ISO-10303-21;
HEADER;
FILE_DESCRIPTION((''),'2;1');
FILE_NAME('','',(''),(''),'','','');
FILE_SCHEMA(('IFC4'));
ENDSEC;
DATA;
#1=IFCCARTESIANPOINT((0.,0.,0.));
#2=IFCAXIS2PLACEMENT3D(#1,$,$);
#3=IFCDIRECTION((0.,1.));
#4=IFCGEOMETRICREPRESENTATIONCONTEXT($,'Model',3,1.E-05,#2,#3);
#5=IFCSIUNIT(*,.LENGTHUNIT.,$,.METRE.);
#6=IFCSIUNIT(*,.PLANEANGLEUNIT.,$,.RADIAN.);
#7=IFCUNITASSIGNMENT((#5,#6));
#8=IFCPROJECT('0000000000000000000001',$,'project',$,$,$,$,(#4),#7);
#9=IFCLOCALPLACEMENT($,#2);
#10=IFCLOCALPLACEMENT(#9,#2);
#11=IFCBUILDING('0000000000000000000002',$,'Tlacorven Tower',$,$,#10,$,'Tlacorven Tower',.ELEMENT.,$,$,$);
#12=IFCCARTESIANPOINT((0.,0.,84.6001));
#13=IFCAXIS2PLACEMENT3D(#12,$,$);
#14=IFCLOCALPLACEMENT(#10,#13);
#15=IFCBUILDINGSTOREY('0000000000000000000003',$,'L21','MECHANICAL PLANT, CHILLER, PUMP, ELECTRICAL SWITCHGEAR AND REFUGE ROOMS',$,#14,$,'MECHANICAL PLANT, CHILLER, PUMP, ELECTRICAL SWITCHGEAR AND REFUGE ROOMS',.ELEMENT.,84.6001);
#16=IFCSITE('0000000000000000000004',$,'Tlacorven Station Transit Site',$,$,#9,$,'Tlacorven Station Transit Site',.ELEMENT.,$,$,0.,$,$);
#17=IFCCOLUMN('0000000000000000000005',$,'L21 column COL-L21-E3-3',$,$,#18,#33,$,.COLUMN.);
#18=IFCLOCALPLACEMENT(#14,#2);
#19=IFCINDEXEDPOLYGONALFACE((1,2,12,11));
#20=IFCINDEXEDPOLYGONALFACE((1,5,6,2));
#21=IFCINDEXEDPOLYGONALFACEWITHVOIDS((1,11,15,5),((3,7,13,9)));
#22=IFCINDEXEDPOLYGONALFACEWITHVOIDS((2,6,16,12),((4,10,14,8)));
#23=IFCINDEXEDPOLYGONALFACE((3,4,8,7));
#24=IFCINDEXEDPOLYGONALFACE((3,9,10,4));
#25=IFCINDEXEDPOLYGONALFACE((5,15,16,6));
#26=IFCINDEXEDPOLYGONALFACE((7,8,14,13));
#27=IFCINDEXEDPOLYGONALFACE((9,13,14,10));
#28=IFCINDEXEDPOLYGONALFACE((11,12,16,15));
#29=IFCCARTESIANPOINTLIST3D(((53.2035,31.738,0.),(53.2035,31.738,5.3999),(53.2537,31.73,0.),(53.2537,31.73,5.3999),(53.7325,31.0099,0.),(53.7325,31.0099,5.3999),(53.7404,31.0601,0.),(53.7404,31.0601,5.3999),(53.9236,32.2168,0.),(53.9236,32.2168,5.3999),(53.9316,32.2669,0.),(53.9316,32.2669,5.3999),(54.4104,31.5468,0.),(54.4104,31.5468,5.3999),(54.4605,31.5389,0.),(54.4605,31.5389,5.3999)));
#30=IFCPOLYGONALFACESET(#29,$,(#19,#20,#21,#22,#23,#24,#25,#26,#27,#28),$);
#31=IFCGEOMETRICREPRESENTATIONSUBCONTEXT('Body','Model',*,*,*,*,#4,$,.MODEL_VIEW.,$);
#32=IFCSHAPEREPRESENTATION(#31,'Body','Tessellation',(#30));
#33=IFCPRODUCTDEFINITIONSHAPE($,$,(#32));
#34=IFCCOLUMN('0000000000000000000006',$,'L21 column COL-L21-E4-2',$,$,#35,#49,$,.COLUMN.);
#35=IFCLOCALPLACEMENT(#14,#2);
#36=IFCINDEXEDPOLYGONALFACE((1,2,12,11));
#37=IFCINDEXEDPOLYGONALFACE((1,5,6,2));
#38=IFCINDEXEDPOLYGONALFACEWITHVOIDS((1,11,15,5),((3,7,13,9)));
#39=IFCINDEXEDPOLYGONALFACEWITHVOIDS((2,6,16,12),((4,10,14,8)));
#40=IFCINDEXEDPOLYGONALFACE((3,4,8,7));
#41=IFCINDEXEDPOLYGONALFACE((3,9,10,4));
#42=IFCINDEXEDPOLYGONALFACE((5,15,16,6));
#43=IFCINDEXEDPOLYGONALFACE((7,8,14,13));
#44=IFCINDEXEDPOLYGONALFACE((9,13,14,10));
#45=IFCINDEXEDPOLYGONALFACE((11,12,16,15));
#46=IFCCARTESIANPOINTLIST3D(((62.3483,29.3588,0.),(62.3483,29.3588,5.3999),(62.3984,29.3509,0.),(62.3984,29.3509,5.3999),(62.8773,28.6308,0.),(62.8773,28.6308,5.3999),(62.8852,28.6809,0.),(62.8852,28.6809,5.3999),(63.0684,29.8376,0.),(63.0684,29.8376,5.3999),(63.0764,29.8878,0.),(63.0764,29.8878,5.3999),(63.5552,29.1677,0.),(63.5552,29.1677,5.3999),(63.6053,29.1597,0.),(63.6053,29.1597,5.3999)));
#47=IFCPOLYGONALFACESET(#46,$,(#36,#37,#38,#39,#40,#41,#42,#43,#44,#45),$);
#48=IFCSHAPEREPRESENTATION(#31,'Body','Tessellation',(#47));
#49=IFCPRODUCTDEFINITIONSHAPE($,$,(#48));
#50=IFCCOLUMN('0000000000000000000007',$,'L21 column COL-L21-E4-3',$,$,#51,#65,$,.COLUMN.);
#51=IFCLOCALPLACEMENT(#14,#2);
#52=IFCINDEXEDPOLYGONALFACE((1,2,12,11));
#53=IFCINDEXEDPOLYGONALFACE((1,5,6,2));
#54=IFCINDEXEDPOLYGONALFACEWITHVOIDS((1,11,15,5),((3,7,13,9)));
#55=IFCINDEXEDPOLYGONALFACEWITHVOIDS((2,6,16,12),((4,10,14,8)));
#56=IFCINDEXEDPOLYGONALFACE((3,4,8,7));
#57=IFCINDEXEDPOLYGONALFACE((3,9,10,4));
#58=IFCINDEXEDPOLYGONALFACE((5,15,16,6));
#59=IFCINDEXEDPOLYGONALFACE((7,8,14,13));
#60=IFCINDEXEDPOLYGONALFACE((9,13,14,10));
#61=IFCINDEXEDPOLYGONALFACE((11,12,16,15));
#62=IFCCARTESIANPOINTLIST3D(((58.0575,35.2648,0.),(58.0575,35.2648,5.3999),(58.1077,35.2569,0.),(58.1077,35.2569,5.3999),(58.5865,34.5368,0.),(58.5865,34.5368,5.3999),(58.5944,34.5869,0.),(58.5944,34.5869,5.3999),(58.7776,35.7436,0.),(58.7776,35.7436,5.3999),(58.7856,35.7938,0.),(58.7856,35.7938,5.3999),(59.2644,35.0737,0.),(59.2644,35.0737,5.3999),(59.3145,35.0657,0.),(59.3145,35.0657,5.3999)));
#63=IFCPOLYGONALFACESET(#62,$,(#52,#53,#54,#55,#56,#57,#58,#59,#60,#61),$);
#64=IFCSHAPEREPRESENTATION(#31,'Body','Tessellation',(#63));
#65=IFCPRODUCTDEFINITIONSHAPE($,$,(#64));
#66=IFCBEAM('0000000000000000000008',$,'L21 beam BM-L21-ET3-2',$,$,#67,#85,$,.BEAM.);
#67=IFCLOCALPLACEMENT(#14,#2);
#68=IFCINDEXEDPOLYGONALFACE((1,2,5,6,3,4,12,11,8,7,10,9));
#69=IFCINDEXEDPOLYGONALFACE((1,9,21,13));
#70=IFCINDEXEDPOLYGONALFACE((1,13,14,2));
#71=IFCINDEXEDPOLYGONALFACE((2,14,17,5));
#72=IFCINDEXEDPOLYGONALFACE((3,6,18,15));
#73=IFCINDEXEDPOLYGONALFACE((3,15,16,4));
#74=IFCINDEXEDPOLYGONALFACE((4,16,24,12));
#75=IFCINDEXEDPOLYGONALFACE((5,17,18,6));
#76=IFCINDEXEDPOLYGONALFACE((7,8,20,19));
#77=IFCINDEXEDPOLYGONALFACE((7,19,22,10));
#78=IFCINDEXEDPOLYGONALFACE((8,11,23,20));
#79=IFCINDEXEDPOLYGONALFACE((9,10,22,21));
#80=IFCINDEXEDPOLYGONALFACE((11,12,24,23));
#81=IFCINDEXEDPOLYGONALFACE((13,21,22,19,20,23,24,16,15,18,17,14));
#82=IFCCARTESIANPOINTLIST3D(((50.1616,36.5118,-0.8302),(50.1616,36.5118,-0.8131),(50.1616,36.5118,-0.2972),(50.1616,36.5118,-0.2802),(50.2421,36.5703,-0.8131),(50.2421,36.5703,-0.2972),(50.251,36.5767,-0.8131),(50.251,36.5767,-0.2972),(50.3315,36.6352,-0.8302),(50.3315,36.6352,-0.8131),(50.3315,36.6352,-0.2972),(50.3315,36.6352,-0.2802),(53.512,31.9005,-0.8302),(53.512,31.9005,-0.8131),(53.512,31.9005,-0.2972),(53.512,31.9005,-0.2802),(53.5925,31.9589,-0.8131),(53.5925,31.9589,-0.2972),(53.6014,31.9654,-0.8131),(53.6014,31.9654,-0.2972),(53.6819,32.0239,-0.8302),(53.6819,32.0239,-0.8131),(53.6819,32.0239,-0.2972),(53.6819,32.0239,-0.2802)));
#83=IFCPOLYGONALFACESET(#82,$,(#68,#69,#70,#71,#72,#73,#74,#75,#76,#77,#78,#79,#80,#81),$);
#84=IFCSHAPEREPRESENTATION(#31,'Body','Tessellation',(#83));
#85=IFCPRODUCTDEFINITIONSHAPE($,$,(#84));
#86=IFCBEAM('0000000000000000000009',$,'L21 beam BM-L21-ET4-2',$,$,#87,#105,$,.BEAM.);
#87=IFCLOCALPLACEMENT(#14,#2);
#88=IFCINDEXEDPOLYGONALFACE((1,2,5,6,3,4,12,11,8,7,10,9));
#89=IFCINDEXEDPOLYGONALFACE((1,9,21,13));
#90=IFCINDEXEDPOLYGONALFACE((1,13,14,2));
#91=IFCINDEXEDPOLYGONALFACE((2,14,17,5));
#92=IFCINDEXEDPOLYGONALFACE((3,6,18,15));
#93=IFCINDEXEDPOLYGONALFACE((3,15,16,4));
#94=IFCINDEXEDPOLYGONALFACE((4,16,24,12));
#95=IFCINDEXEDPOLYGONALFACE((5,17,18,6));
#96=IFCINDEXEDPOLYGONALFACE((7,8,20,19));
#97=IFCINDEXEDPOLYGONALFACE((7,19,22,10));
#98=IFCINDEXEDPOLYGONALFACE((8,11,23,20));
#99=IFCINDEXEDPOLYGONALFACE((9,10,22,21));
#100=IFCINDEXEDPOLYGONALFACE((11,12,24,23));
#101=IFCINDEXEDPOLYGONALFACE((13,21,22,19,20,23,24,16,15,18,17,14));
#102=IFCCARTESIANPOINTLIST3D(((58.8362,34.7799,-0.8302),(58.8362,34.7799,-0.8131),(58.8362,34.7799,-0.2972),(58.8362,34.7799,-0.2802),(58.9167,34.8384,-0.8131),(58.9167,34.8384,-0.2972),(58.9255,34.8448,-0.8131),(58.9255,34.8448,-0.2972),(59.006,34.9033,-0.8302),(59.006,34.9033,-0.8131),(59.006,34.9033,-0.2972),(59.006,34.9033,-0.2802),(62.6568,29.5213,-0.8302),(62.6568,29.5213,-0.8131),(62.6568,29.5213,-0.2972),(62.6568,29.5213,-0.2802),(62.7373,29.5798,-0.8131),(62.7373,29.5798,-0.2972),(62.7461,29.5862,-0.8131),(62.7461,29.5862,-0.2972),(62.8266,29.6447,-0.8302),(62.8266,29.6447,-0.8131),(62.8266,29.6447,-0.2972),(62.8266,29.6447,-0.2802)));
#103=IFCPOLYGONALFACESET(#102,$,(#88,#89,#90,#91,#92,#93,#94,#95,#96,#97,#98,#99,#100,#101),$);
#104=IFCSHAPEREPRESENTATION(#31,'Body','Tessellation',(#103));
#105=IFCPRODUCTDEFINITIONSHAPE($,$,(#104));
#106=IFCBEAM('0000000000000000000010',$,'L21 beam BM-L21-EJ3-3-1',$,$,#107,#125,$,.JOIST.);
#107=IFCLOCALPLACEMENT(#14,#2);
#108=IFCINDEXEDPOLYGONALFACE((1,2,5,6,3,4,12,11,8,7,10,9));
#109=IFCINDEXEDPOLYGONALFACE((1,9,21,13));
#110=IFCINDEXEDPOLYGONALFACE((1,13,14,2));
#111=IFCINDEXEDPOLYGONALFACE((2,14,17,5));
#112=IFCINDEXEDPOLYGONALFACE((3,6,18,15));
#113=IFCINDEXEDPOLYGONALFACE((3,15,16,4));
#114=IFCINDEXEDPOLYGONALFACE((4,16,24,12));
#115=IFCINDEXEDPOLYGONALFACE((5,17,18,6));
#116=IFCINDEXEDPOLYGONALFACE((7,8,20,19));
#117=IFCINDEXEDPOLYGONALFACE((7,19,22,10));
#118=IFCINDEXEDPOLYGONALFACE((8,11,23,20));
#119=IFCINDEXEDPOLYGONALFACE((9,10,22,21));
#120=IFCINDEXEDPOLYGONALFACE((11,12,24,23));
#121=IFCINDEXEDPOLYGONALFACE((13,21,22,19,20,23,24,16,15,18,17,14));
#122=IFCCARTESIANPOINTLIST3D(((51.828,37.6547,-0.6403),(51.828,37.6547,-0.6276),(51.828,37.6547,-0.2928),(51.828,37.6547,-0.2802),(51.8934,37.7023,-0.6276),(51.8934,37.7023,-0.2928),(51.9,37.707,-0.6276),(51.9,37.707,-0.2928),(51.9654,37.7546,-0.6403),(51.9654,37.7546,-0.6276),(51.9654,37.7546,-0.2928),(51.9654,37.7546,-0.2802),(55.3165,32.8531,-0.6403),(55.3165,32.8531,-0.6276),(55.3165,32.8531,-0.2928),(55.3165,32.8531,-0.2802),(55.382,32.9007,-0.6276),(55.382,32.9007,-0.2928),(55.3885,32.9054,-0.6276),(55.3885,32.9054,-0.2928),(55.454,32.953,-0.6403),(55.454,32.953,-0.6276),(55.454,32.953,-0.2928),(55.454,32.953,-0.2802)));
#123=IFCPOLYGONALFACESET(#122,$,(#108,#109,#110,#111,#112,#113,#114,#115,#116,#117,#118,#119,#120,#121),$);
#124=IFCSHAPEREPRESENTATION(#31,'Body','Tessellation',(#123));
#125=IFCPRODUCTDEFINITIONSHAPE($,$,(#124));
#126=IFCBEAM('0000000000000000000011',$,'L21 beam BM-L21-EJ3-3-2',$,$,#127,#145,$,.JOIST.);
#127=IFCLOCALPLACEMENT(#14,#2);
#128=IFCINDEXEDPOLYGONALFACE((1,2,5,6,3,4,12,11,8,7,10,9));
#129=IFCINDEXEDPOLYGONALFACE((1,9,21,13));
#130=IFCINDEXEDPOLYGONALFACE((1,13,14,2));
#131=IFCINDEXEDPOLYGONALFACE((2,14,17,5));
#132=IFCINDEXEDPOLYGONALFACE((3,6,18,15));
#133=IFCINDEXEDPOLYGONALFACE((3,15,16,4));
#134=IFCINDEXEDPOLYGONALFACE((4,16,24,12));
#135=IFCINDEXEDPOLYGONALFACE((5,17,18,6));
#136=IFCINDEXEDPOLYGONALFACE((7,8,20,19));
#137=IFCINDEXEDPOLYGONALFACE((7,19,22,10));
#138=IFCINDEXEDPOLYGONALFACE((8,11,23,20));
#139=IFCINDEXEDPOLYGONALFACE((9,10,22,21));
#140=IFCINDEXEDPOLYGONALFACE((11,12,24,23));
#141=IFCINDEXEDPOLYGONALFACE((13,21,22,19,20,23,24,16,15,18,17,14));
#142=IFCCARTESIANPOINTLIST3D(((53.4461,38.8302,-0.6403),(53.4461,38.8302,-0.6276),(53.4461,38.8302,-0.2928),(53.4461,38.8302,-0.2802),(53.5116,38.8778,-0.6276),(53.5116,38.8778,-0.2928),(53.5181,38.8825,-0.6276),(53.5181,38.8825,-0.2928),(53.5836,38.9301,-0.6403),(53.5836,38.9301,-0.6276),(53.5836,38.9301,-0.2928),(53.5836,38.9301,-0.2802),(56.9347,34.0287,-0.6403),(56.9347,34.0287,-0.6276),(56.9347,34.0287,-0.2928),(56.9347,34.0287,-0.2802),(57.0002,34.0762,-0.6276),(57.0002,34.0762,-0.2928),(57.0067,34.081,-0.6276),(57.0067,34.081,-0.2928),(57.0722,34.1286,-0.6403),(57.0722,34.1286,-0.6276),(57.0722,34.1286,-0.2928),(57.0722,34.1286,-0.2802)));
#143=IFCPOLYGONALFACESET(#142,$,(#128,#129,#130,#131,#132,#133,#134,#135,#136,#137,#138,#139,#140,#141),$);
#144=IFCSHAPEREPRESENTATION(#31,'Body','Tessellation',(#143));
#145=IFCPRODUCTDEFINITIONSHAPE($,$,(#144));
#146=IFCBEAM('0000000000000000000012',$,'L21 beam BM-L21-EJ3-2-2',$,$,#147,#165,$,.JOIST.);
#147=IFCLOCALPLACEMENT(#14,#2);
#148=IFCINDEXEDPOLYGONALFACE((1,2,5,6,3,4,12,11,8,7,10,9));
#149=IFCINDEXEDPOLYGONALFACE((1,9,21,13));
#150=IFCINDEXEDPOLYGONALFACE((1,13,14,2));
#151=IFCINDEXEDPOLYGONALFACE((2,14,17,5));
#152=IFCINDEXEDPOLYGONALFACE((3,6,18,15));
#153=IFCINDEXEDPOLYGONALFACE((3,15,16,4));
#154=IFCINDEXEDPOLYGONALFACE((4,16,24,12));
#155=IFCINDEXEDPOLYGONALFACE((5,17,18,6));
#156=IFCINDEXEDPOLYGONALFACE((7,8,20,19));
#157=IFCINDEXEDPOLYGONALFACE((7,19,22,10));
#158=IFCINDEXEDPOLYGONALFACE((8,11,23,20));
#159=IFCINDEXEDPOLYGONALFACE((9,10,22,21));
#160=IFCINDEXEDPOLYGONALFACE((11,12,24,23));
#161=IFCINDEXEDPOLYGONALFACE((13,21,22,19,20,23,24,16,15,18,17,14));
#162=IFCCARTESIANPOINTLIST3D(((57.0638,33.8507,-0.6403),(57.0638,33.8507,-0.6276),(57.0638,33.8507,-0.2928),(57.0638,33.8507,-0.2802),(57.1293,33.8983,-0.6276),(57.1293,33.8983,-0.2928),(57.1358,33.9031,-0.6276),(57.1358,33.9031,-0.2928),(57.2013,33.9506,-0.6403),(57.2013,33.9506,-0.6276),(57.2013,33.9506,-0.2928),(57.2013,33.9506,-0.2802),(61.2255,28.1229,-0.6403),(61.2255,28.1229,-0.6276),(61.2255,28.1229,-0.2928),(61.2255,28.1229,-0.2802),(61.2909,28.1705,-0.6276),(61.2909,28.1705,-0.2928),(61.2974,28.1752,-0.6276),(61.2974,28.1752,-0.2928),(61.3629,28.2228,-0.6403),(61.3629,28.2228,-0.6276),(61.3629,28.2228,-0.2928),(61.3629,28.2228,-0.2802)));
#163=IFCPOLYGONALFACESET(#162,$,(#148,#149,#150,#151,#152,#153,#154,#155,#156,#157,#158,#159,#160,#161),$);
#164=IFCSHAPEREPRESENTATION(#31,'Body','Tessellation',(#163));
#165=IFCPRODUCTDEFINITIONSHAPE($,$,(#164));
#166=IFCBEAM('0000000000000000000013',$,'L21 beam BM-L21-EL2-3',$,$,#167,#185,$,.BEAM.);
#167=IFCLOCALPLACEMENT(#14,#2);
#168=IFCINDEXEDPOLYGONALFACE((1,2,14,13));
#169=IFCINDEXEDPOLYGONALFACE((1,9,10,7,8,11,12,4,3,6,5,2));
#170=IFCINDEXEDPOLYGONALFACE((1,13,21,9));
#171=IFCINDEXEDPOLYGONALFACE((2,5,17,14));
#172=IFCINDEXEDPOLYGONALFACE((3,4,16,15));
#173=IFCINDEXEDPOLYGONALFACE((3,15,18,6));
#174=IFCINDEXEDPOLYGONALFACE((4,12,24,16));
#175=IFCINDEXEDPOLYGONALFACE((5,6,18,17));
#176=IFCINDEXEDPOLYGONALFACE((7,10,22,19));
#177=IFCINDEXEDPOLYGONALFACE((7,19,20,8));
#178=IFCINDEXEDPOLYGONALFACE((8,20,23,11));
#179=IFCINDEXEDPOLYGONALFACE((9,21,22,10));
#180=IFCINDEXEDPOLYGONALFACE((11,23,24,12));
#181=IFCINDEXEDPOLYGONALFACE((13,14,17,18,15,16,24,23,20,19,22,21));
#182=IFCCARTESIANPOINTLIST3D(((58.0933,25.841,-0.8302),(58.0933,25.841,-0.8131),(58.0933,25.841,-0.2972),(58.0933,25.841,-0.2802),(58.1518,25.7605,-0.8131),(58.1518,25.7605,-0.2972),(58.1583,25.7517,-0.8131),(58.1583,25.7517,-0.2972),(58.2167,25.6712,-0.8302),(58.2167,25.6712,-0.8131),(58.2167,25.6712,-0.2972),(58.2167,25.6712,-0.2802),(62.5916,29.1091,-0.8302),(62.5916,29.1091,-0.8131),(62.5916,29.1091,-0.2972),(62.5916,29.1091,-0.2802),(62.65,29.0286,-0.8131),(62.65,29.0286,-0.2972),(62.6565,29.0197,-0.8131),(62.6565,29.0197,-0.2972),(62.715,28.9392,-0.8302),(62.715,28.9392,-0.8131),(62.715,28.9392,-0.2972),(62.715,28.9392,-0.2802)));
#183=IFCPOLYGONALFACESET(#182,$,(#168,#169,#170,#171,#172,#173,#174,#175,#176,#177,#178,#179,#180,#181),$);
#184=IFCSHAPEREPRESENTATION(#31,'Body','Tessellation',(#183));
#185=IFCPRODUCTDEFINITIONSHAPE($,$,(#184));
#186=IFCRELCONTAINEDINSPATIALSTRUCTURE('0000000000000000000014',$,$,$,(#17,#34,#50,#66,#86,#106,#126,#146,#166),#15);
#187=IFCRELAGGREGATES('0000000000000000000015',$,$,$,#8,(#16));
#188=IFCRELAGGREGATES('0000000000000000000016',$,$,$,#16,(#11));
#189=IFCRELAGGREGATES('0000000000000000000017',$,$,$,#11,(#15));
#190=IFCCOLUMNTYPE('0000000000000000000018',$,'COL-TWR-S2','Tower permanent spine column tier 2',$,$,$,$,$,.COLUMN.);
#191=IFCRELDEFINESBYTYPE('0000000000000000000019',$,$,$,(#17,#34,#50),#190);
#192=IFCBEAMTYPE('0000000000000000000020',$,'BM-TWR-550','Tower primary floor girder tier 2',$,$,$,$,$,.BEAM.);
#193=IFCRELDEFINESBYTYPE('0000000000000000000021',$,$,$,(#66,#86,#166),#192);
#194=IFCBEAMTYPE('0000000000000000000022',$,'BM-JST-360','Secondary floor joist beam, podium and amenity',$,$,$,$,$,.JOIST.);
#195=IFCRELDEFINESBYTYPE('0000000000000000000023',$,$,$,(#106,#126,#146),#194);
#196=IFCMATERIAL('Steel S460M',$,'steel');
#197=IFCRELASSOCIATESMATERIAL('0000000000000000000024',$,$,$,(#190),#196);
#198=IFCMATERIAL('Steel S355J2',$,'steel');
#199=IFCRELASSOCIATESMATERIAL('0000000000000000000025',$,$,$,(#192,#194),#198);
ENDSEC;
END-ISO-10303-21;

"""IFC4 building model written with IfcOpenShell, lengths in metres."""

from ifc_helpers import new_model, si_unit, direction, frame, origin, origin_2d, place, context, subcontext, project, spatial, hollow_rectangle, i_section, extrude, source, transform, mapped, material, material_profile, profile_set, type_object, element, save


model = new_model("IFC4")

# Units and contexts
model_context = context("Model", 3, precision=1e-05, world=origin(), true_north=direction((0.0, 1.0)))
body_context = subcontext(model_context, "Body", "Model", "MODEL_VIEW")
ifc_project = project(units=[si_unit("LENGTHUNIT", "METRE"), si_unit("PLANEANGLEUNIT", "RADIAN")], contexts=[model_context])

# Site, building, storey
site_placement = place(None, origin())
site = spatial("IfcSite", under=ifc_project, at=site_placement, Name="Tlacorven Station Transit Site", LongName="Tlacorven Station Transit Site", CompositionType="ELEMENT", RefElevation=0.0)
building_placement = place(site_placement, origin())
building = spatial("IfcBuilding", under=site, at=building_placement, Name="Tlacorven Tower", LongName="Tlacorven Tower", CompositionType="ELEMENT")
storey_placement = place(building_placement, frame((0.0, 0.0, 84.6001)))
storey = spatial("IfcBuildingStorey", under=building, at=storey_placement, Name="L21", Description="MECHANICAL PLANT, CHILLER, PUMP, ELECTRICAL SWITCHGEAR AND REFUGE ROOMS", LongName="MECHANICAL PLANT, CHILLER, PUMP, ELECTRICAL SWITCHGEAR AND REFUGE ROOMS", CompositionType="ELEMENT", Elevation=84.6001)

# Columns
ifc_material_1 = material(Name="Steel S460M", Category="steel")
ifc_material_profile_1 = material_profile(ifc_material_1, hollow_rectangle(XDim=0.8999, YDim=0.8999, WallThickness=0.0359, at=origin_2d()), Name="BOX 900X900X36")
ifc_profile_set_1 = profile_set([ifc_material_profile_1], Name="Steel S460M")
column_type = type_object("IfcColumnType", Name="COL-TWR-S2", Description="Tower permanent spine column tier 2", PredefinedType="COLUMN", material=ifc_profile_set_1)
shared_shape_1 = source(origin(), body_context, "Body", "SweptSolid", [
    extrude(hollow_rectangle(XDim=0.8999, YDim=0.8999, WallThickness=0.0359, at=origin_2d()), origin(), (0.0, 0.0, 1.0), 5.3999),
])
for number, where, z_axis, x_axis, name in (
    (1, (53.832, 31.6384, 0.0), (0.0, 0.0, 1.0), (0.809017, 0.587785, 0.0), "L21 column COL-L21-E3-3"),
    (2, (62.9768, 29.2593, 0.0), (0.0, 0.0, 1.0), (0.809017, 0.587785, 0.0), "L21 column COL-L21-E4-2"),
    (3, (58.686, 35.1653, 0.0), (0.0, 0.0, 1.0), (0.809017, 0.587785, 0.0), "L21 column COL-L21-E4-3"),
):
    element("IfcColumn", number, at=place(storey_placement, frame(where, z_axis=z_axis, x_axis=x_axis)), inside=storey, type_object=column_type, Name=name, PredefinedType="COLUMN", context=body_context, shape_type="MappedRepresentation", body=[
        mapped(shared_shape_1, transform((0.0, 0.0, 0.0), scale=1.0)),
    ])

# Beams
ifc_material_2 = material(Name="Steel S355J2", Category="steel")
ifc_material_profile_2 = material_profile(ifc_material_2, i_section(OverallWidth=0.21, OverallDepth=0.55, WebThickness=0.011, FlangeThickness=0.0171, at=origin_2d()), Name="IPE 550")
ifc_profile_set_2 = profile_set([ifc_material_profile_2], Name="Steel S355J2")
beam_type_1 = type_object("IfcBeamType", Name="BM-TWR-550", Description="Tower primary floor girder tier 2", PredefinedType="BEAM", material=ifc_profile_set_2)
shared_shape_2 = source(origin(), body_context, "Body", "SweptSolid", [
    extrude(i_section(OverallWidth=0.21, OverallDepth=0.55, WebThickness=0.011, FlangeThickness=0.0171, at=origin_2d()), origin(), (0.0, 0.0, 1.0), 5.7),
])
beam_1_placement = place(storey_placement, frame((53.5969, 31.9622, -0.5552), z_axis=(-0.587787, 0.809016, 0.0), x_axis=(-0.809016, -0.587787, 0.0)))
element("IfcBeam", 4, at=beam_1_placement, inside=storey, type_object=beam_type_1, Name="L21 beam BM-L21-ET3-2", PredefinedType="BEAM", context=body_context, shape_type="MappedRepresentation", body=[
    mapped(shared_shape_2, transform((0.0, 0.0, 0.0), scale=1.0)),
])
shared_shape_3 = source(origin(), body_context, "Body", "SweptSolid", [
    extrude(i_section(OverallWidth=0.21, OverallDepth=0.55, WebThickness=0.011, FlangeThickness=0.0171, at=origin_2d()), origin(), (0.0, 0.0, 1.0), 6.5),
])
beam_2_placement = place(storey_placement, frame((62.7417, 29.583, -0.5552), z_axis=(-0.587785, 0.809017, 0.0), x_axis=(-0.809017, -0.587785, 0.0)))
element("IfcBeam", 5, at=beam_2_placement, inside=storey, type_object=beam_type_1, Name="L21 beam BM-L21-ET4-2", PredefinedType="BEAM", context=body_context, shape_type="MappedRepresentation", body=[
    mapped(shared_shape_3, transform((0.0, 0.0, 0.0), scale=1.0)),
])
ifc_material_profile_3 = material_profile(ifc_material_2, i_section(OverallWidth=0.1699, OverallDepth=0.3601, WebThickness=0.0081, FlangeThickness=0.0127, at=origin_2d()), Name="IPE 360")
ifc_profile_set_3 = profile_set([ifc_material_profile_3], Name="Steel S355J2")
beam_type_2 = type_object("IfcBeamType", Name="BM-JST-360", Description="Secondary floor joist beam, podium and amenity", PredefinedType="JOIST", material=ifc_profile_set_3)
shared_shape_4 = source(origin(), body_context, "Body", "SweptSolid", [
    extrude(i_section(OverallWidth=0.1699, OverallDepth=0.3601, WebThickness=0.0081, FlangeThickness=0.0127, at=origin_2d()), origin(), (0.0, 0.0, 1.0), 5.9351),
])
for number, where, z_axis, x_axis, name in (
    (6, (55.3853, 32.9031, -0.4602), (-0.587788, 0.809015, 0.0), (-0.809015, -0.587788, 0.0), "L21 beam BM-L21-EJ3-3-1"),
    (7, (57.0034, 34.0786, -0.4602), (-0.587788, 0.809015, 0.0), (-0.809015, -0.587788, 0.0), "L21 beam BM-L21-EJ3-3-2"),
):
    element("IfcBeam", number, at=place(storey_placement, frame(where, z_axis=z_axis, x_axis=x_axis)), inside=storey, type_object=beam_type_2, Name=name, PredefinedType="JOIST", context=body_context, shape_type="MappedRepresentation", body=[
        mapped(shared_shape_4, transform((0.0, 0.0, 0.0), scale=1.0)),
    ])
shared_shape_5 = source(origin(), body_context, "Body", "SweptSolid", [
    extrude(i_section(OverallWidth=0.1699, OverallDepth=0.3601, WebThickness=0.0081, FlangeThickness=0.0127, at=origin_2d()), origin(), (0.0, 0.0, 1.0), 7.0801),
])
beam_3_placement = place(storey_placement, frame((61.2942, 28.1729, -0.4602), z_axis=(-0.587798, 0.809007, 0.0), x_axis=(-0.809007, -0.587798, 0.0)))
element("IfcBeam", 8, at=beam_3_placement, inside=storey, type_object=beam_type_2, Name="L21 beam BM-L21-EJ3-2-2", PredefinedType="JOIST", context=body_context, shape_type="MappedRepresentation", body=[
    mapped(shared_shape_5, transform((0.0, 0.0, 0.0), scale=1.0)),
])
shared_shape_6 = source(origin(), body_context, "Body", "SweptSolid", [
    extrude(i_section(OverallWidth=0.21, OverallDepth=0.55, WebThickness=0.011, FlangeThickness=0.0171, at=origin_2d()), origin(), (0.0, 0.0, 1.0), 5.5601),
])
beam_4_placement = place(storey_placement, frame((58.155, 25.7561, -0.5552), z_axis=(0.809028, 0.58777, 0.0), x_axis=(-0.58777, 0.809028, 0.0)))
element("IfcBeam", 9, at=beam_4_placement, inside=storey, type_object=beam_type_1, Name="L21 beam BM-L21-EL2-3", PredefinedType="BEAM", context=body_context, shape_type="MappedRepresentation", body=[
    mapped(shared_shape_6, transform((0.0, 0.0, 0.0), scale=1.0)),
])

save(model, "model.ifc")
